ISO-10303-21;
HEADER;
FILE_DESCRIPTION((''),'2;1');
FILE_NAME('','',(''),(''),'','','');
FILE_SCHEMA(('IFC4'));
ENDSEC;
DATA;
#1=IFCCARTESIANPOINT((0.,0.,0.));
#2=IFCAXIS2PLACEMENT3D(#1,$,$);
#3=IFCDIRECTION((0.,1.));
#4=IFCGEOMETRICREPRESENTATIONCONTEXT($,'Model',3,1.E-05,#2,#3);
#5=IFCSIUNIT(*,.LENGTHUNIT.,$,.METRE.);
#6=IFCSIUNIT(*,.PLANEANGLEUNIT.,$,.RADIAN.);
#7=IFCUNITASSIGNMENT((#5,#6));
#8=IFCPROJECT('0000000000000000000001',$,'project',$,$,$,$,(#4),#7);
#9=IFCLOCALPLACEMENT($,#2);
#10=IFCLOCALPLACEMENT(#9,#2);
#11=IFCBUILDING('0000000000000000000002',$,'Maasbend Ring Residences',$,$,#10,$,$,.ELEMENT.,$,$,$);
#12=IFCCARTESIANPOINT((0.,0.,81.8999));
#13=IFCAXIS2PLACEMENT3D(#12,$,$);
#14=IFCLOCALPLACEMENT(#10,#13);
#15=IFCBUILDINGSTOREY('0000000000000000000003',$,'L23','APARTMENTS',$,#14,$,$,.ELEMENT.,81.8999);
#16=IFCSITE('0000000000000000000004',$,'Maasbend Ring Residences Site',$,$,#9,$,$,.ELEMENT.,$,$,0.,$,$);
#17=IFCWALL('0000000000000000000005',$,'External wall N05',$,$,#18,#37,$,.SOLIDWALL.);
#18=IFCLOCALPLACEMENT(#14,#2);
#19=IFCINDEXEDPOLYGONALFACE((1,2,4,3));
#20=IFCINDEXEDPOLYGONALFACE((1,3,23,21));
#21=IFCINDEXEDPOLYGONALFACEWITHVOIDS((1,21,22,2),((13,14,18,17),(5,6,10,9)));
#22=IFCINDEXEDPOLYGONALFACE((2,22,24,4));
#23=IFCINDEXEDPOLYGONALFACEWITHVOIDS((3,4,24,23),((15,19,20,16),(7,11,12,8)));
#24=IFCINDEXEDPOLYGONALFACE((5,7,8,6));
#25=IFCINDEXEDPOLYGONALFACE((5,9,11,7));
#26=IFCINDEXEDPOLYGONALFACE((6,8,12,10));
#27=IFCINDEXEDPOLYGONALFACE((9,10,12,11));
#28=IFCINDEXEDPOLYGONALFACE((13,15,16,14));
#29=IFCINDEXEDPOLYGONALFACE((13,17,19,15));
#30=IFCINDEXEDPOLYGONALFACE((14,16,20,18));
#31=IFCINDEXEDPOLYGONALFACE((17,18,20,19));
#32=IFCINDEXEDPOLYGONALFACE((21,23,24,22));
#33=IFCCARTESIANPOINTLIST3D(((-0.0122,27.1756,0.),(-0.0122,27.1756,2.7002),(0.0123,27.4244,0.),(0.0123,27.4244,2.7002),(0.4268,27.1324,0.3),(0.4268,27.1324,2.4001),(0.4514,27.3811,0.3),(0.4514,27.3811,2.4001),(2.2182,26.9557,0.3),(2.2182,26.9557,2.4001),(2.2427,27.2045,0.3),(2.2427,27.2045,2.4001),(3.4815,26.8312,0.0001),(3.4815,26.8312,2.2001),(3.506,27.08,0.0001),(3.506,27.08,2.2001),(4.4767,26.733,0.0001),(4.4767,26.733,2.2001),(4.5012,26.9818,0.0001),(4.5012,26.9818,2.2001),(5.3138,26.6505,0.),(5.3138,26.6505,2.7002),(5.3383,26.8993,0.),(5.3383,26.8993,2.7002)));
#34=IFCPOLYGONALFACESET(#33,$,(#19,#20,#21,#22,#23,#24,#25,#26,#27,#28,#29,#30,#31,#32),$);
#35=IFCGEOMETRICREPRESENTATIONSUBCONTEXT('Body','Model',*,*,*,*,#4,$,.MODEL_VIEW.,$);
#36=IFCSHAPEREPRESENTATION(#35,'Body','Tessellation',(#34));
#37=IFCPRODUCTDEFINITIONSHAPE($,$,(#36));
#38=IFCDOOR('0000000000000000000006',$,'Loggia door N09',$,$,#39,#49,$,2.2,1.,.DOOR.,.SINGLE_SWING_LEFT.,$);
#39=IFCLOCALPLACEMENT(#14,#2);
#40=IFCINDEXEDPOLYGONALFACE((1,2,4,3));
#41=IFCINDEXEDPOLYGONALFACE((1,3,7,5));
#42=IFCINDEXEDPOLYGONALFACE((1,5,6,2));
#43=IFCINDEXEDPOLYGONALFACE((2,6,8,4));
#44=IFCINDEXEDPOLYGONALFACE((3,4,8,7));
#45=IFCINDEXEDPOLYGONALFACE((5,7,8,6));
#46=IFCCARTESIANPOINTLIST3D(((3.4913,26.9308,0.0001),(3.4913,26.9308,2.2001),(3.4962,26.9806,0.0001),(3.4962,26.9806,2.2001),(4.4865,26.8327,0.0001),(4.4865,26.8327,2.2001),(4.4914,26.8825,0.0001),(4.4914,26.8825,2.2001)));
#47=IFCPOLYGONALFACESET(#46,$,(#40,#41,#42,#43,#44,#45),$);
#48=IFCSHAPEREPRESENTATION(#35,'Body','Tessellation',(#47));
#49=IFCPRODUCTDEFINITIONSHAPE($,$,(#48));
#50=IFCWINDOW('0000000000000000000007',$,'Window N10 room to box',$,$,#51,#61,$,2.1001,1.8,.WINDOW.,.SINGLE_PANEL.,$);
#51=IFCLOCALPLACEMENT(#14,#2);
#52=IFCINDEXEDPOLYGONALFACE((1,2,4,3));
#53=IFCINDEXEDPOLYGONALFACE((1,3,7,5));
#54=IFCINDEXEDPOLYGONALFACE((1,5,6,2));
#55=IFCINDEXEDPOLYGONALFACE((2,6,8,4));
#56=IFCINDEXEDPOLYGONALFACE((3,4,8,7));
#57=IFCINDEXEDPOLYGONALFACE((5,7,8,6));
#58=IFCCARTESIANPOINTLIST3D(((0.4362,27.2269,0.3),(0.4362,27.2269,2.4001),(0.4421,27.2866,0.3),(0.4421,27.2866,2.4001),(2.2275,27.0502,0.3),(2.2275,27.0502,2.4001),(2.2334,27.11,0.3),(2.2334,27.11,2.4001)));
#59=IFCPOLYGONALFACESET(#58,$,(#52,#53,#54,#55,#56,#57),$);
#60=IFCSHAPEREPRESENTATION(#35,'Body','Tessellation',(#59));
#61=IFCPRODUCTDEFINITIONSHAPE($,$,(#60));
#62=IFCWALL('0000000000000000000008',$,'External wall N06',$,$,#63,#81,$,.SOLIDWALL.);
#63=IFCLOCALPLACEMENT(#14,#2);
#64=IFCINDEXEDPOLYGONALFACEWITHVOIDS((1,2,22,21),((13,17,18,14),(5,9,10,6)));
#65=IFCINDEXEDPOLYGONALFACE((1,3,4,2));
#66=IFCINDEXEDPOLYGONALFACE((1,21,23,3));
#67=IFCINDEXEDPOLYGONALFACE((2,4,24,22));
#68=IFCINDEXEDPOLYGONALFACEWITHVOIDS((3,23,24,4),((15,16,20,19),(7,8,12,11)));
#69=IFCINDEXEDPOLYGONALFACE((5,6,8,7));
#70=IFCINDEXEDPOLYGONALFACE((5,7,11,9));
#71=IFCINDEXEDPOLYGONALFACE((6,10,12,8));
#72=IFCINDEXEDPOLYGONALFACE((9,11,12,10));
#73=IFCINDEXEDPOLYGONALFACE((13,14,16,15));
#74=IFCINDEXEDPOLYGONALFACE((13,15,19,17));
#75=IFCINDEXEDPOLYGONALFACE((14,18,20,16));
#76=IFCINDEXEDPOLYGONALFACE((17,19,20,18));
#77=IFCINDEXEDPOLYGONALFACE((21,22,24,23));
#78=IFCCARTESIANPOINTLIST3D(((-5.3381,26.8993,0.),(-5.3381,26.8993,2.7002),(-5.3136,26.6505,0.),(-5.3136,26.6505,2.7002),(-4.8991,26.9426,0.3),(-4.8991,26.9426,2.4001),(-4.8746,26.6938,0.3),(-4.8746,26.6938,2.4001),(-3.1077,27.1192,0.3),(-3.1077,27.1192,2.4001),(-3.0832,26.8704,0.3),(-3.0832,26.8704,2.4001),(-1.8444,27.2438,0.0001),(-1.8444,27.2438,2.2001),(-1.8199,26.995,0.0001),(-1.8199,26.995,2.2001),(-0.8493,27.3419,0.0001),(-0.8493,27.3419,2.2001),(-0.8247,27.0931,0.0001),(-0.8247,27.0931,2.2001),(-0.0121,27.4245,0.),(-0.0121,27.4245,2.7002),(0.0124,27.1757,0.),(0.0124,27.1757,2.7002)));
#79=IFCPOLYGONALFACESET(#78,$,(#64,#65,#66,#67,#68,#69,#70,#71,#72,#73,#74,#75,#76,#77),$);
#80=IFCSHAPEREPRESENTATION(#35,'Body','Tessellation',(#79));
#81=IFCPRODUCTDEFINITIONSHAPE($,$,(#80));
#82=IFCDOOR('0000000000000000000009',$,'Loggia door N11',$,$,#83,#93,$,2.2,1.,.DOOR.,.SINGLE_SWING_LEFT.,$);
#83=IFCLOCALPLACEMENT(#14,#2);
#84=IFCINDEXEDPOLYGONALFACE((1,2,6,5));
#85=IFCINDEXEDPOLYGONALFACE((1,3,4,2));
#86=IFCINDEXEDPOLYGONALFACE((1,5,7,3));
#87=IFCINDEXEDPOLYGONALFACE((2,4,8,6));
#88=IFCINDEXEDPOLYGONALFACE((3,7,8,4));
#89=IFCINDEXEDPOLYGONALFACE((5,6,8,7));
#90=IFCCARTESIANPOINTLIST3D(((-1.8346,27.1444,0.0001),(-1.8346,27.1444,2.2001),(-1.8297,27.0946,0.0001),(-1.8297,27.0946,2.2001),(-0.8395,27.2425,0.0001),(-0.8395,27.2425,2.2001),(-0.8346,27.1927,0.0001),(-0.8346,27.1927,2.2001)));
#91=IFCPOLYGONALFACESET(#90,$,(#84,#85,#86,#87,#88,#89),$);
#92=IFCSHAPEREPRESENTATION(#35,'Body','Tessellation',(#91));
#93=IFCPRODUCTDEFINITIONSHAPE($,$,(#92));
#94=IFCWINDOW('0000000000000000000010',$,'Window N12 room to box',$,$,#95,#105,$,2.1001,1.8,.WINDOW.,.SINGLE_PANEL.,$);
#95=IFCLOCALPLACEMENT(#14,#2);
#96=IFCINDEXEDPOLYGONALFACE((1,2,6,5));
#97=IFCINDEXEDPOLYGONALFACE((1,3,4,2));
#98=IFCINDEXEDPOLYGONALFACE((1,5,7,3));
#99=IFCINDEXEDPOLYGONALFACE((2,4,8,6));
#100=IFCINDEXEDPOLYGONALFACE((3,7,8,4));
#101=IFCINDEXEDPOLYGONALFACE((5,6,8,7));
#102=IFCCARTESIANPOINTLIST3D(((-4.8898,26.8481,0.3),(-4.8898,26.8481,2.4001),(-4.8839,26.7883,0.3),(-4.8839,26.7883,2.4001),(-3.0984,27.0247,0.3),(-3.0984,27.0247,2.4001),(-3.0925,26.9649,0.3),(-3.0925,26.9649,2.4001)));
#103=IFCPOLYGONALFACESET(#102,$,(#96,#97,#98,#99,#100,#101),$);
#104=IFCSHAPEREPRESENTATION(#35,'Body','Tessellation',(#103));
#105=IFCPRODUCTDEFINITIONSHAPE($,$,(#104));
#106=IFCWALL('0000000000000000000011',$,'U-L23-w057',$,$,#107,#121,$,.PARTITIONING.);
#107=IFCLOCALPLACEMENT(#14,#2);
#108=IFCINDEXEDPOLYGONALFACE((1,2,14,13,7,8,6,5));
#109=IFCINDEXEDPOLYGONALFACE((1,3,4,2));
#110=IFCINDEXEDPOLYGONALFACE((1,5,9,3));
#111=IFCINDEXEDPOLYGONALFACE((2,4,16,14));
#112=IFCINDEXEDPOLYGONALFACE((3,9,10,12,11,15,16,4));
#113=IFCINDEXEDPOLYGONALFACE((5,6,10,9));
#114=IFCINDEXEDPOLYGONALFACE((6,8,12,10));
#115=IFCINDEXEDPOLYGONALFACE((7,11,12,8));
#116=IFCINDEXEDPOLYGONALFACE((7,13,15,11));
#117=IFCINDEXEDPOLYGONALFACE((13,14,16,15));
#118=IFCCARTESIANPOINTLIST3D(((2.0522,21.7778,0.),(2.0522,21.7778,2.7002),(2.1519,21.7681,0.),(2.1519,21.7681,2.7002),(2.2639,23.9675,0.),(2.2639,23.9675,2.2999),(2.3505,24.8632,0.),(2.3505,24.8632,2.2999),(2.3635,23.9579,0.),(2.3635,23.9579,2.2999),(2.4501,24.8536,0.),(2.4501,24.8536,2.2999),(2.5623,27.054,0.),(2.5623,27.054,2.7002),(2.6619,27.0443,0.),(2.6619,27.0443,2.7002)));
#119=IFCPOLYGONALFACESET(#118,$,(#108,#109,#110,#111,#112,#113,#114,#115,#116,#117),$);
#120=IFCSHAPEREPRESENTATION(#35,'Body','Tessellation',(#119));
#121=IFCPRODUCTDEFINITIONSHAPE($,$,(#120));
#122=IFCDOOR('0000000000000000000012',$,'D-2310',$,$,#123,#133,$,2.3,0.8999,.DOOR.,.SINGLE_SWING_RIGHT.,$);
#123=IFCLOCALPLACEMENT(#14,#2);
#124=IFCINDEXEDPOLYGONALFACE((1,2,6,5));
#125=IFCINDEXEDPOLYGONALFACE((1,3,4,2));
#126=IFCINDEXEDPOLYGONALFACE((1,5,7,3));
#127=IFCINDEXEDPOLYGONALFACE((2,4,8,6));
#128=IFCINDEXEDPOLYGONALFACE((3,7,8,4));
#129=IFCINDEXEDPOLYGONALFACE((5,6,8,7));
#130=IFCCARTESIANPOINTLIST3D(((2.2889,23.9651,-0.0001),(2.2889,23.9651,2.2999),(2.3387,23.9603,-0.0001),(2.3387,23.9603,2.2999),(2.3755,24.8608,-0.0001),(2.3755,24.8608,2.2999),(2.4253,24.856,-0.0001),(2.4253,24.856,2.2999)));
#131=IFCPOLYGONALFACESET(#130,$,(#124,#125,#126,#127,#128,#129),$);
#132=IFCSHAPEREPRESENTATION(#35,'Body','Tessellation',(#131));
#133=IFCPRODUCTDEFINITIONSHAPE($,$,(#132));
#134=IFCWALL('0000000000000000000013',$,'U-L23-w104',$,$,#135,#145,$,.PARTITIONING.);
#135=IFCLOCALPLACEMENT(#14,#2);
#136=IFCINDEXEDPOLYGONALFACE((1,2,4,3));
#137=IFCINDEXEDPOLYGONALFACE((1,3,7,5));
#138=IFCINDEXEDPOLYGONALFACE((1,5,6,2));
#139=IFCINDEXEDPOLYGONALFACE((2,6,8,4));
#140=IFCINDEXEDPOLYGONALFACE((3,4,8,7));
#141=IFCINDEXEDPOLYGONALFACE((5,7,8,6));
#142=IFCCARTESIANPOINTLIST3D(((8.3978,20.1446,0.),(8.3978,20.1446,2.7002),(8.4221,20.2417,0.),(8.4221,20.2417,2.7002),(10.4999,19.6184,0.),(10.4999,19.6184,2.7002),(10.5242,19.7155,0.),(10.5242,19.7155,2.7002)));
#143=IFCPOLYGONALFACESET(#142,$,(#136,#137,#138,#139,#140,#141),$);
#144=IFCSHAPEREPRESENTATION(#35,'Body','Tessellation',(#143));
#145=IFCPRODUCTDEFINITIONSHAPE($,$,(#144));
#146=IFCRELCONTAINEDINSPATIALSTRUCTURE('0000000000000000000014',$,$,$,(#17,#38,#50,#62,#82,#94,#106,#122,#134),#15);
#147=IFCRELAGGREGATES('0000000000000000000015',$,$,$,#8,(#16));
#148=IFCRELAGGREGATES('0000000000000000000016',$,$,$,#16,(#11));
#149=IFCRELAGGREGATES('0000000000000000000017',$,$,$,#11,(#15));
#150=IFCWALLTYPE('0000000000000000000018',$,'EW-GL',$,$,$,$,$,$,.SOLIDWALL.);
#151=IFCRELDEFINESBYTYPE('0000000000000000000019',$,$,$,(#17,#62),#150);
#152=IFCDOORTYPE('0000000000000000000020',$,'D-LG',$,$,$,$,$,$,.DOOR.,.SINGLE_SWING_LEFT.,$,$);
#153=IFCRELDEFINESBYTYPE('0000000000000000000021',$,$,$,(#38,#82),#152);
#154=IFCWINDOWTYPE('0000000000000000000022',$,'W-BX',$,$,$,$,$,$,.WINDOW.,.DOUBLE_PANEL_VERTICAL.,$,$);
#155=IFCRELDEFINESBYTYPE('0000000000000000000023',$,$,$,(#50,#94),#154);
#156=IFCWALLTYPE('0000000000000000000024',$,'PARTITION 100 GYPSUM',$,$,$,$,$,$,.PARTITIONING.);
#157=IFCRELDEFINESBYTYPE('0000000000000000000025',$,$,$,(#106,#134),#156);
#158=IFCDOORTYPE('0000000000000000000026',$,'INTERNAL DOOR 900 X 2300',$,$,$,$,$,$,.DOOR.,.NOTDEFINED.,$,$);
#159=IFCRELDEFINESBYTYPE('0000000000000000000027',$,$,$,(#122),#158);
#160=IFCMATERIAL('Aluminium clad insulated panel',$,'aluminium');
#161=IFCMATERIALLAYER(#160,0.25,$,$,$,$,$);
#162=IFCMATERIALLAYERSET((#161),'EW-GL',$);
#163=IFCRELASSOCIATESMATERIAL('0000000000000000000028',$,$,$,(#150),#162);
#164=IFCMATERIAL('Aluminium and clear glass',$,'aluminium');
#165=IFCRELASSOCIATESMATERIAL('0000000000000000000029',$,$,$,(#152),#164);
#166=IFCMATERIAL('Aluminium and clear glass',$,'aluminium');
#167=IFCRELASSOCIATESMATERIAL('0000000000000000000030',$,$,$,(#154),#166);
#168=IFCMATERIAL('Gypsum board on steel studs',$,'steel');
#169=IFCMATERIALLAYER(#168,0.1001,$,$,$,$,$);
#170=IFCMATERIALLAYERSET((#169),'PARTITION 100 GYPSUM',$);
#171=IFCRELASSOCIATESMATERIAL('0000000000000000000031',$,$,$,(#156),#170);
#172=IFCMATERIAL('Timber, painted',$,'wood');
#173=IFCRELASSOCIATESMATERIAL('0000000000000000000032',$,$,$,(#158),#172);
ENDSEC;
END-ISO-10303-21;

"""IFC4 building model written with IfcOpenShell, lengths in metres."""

from ifc_helpers import new_model, si_unit, direction, frame, frame_2d, origin, place, context, subcontext, project, spatial, rectangle, extrude, material, layer, layer_set, type_object, element, fill, save


model = new_model("IFC4")

# Units and contexts
model_context = context("Model", 3, precision=1e-05, world=origin(), true_north=direction((0.0, 1.0)))
body_context = subcontext(model_context, "Body", "Model", "MODEL_VIEW")
ifc_project = project(units=[si_unit("LENGTHUNIT", "METRE"), si_unit("PLANEANGLEUNIT", "RADIAN")], contexts=[model_context])

# Site, building, storey
site_placement = place(None, origin())
site = spatial("IfcSite", under=ifc_project, at=site_placement, Name="Maasbend Ring Residences Site", CompositionType="ELEMENT", RefElevation=0.0)
building_placement = place(site_placement, origin())
building = spatial("IfcBuilding", under=site, at=building_placement, Name="Maasbend Ring Residences", CompositionType="ELEMENT")
storey_placement = place(building_placement, frame((0.0, 0.0, 81.8999)))
storey = spatial("IfcBuildingStorey", under=building, at=storey_placement, Name="L23", Description="APARTMENTS", CompositionType="ELEMENT", Elevation=81.8999)

# Walls, openings, doors, windows
ifc_material_1 = material(Name="Aluminium clad insulated panel", Category="aluminium")
ifc_layer_1 = layer(ifc_material_1, 0.25)
ifc_layer_set_1 = layer_set([ifc_layer_1], Name="EW-GL")
wall_type_1 = type_object("IfcWallType", Name="EW-GL", PredefinedType="SOLIDWALL", material=ifc_layer_set_1)
wall_1_placement = place(storey_placement, frame((5.3259, 26.7749, 0.0), z_axis=(0.0, 0.0, 1.0), x_axis=(-0.995174, 0.098126, 0.0)))
wall_1 = element("IfcWall", 1, at=wall_1_placement, inside=storey, type_object=wall_type_1, Name="External wall N05", PredefinedType="SOLIDWALL", context=body_context, shape_type="SweptSolid", body=[
    extrude(rectangle(XDim=5.3518, YDim=0.25, at=frame_2d((2.6758, 0.0))), origin(), (0.0, 0.0, 1.0), 2.7002),
])
opening_1_placement = place(wall_1_placement, frame((0.8411, 0.0, 0.0)))
opening_1 = element("IfcOpeningElement", 2, at=opening_1_placement, cuts=wall_1, PredefinedType="OPENING", context=body_context, shape_type="SweptSolid", body=[
    extrude(rectangle(XDim=1.0, YDim=2.2, at=frame_2d((0.5, 1.1001))), frame((0.0, 0.135, 0.0), z_axis=(0.0, -1.0, 0.0), x_axis=(1.0, 0.0, 0.0)), (0.0, 0.0, 1.0), 0.27),
])
opening_2_placement = place(wall_1_placement, frame((3.1106, 0.0, 0.3)))
opening_2 = element("IfcOpeningElement", 3, at=opening_2_placement, cuts=wall_1, PredefinedType="OPENING", context=body_context, shape_type="SweptSolid", body=[
    extrude(rectangle(XDim=1.8, YDim=2.1001, at=frame_2d((0.8999, 1.05))), frame((0.0, 0.135, 0.0), z_axis=(0.0, -1.0, 0.0), x_axis=(1.0, 0.0, 0.0)), (0.0, 0.0, 1.0), 0.27),
])
ifc_material_2 = material(Name="Aluminium and clear glass", Category="aluminium")
door_type_1 = type_object("IfcDoorType", Name="D-LG", OperationType="SINGLE_SWING_LEFT", PredefinedType="DOOR", material=ifc_material_2)
door_1_placement = place(opening_1_placement, origin())
door_1 = element("IfcDoor", 4, at=door_1_placement, inside=storey, type_object=door_type_1, Name="Loggia door N09", OperationType="SINGLE_SWING_LEFT", OverallHeight=2.2, OverallWidth=1.0, PredefinedType="DOOR", context=body_context, shape_type="SweptSolid", body=[
    extrude(rectangle(XDim=1.0, YDim=2.2, at=frame_2d((0.5, 1.1001))), frame((0.0, 0.0249, 0.0), z_axis=(0.0, -1.0, 0.0), x_axis=(1.0, 0.0, 0.0)), (0.0, 0.0, 1.0), 0.05),
])
fill(opening_1, door_1)
ifc_material_3 = material(Name="Aluminium and clear glass", Category="aluminium")
window_type_1 = type_object("IfcWindowType", Name="W-BX", PartitioningType="DOUBLE_PANEL_VERTICAL", PredefinedType="WINDOW", material=ifc_material_3)
window_1_placement = place(opening_2_placement, origin())
window_1 = element("IfcWindow", 5, at=window_1_placement, inside=storey, type_object=window_type_1, Name="Window N10 room to box", OverallHeight=2.1001, OverallWidth=1.8, PartitioningType="SINGLE_PANEL", PredefinedType="WINDOW", context=body_context, shape_type="SweptSolid", body=[
    extrude(rectangle(XDim=1.8, YDim=2.1001, at=frame_2d((0.8999, 1.05))), frame((0.0, 0.03, 0.0), z_axis=(0.0, -1.0, 0.0), x_axis=(1.0, 0.0, 0.0)), (0.0, 0.0, 1.0), 0.0601),
])
fill(opening_2, window_1)
wall_2_placement = place(storey_placement, frame((0.0, 27.3, 0.0), z_axis=(0.0, 0.0, 1.0), x_axis=(-0.995174, -0.098126, 0.0)))
wall_2 = element("IfcWall", 6, at=wall_2_placement, inside=storey, type_object=wall_type_1, Name="External wall N06", PredefinedType="SOLIDWALL", context=body_context, shape_type="SweptSolid", body=[
    extrude(rectangle(XDim=5.3518, YDim=0.25, at=frame_2d((2.6758, 0.0))), origin(), (0.0, 0.0, 1.0), 2.7002),
])
opening_3_placement = place(wall_2_placement, frame((0.8411, 0.0, 0.0)))
opening_3 = element("IfcOpeningElement", 7, at=opening_3_placement, cuts=wall_2, PredefinedType="OPENING", context=body_context, shape_type="SweptSolid", body=[
    extrude(rectangle(XDim=1.0, YDim=2.2, at=frame_2d((0.5, 1.1001))), frame((0.0, 0.135, 0.0), z_axis=(0.0, -1.0, 0.0), x_axis=(1.0, 0.0, 0.0)), (0.0, 0.0, 1.0), 0.27),
])
opening_4_placement = place(wall_2_placement, frame((3.1106, 0.0, 0.3)))
opening_4 = element("IfcOpeningElement", 8, at=opening_4_placement, cuts=wall_2, PredefinedType="OPENING", context=body_context, shape_type="SweptSolid", body=[
    extrude(rectangle(XDim=1.8, YDim=2.1001, at=frame_2d((0.8999, 1.05))), frame((0.0, 0.135, 0.0), z_axis=(0.0, -1.0, 0.0), x_axis=(1.0, 0.0, 0.0)), (0.0, 0.0, 1.0), 0.27),
])
door_2_placement = place(opening_3_placement, origin())
door_2 = element("IfcDoor", 9, at=door_2_placement, inside=storey, type_object=door_type_1, Name="Loggia door N11", OperationType="SINGLE_SWING_LEFT", OverallHeight=2.2, OverallWidth=1.0, PredefinedType="DOOR", context=body_context, shape_type="SweptSolid", body=[
    extrude(rectangle(XDim=1.0, YDim=2.2, at=frame_2d((0.5, 1.1001))), frame((0.0, 0.0249, 0.0), z_axis=(0.0, -1.0, 0.0), x_axis=(1.0, 0.0, 0.0)), (0.0, 0.0, 1.0), 0.05),
])
fill(opening_3, door_2)
window_2_placement = place(opening_4_placement, origin())
window_2 = element("IfcWindow", 10, at=window_2_placement, inside=storey, type_object=window_type_1, Name="Window N12 room to box", OverallHeight=2.1001, OverallWidth=1.8, PartitioningType="SINGLE_PANEL", PredefinedType="WINDOW", context=body_context, shape_type="SweptSolid", body=[
    extrude(rectangle(XDim=1.8, YDim=2.1001, at=frame_2d((0.8999, 1.05))), frame((0.0, 0.03, 0.0), z_axis=(0.0, -1.0, 0.0), x_axis=(1.0, 0.0, 0.0)), (0.0, 0.0, 1.0), 0.0601),
])
fill(opening_4, window_2)

# Wall, opening, door
ifc_material_4 = material(Name="Gypsum board on steel studs", Category="steel")
ifc_layer_2 = layer(ifc_material_4, 0.1001)
ifc_layer_set_2 = layer_set([ifc_layer_2], Name="PARTITION 100 GYPSUM")
wall_type_2 = type_object("IfcWallType", Name="PARTITION 100 GYPSUM", PredefinedType="PARTITIONING", material=ifc_layer_set_2)
wall_3_placement = place(storey_placement, frame((2.1021, 21.7729, 0.0), z_axis=(0.0, 0.0, 1.0), x_axis=(0.096215, 0.995361, 0.0)))
wall_3 = element("IfcWall", 11, at=wall_3_placement, inside=storey, type_object=wall_type_2, Name="U-L23-w057", PredefinedType="PARTITIONING", context=body_context, shape_type="SweptSolid", body=[
    extrude(rectangle(XDim=5.3008, YDim=0.1001, at=frame_2d((2.6504, 0.0))), origin(), (0.0, 0.0, 1.0), 2.7002),
])
opening_5_placement = place(wall_3_placement, frame((2.2, 0.0, 0.0)))
opening_5 = element("IfcOpeningElement", 12, at=opening_5_placement, cuts=wall_3, PredefinedType="OPENING", context=body_context, shape_type="SweptSolid", body=[
    extrude(rectangle(XDim=0.8999, YDim=2.3, at=frame_2d((0.45, 1.1499))), frame((0.0, 0.0601, 0.0), z_axis=(0.0, -1.0, 0.0), x_axis=(1.0, 0.0, 0.0)), (0.0, 0.0, 1.0), 0.1201),
])
ifc_material_5 = material(Name="Timber, painted", Category="wood")
door_type_2 = type_object("IfcDoorType", Name="INTERNAL DOOR 900 X 2300", OperationType="NOTDEFINED", PredefinedType="DOOR", material=ifc_material_5)
door_3_placement = place(opening_5_placement, origin())
door_3 = element("IfcDoor", 13, at=door_3_placement, inside=storey, type_object=door_type_2, Name="D-2310", OperationType="SINGLE_SWING_RIGHT", OverallHeight=2.3, OverallWidth=0.8999, PredefinedType="DOOR", context=body_context, shape_type="SweptSolid", body=[
    extrude(rectangle(XDim=0.8999, YDim=2.3, at=frame_2d((0.45, 1.1499))), frame((0.0, 0.0249, 0.0), z_axis=(0.0, -1.0, 0.0), x_axis=(1.0, 0.0, 0.0)), (0.0, 0.0, 1.0), 0.05),
])
fill(opening_5, door_3)

# Wall
wall_4_placement = place(storey_placement, frame((8.4099, 20.1931, 0.0), z_axis=(0.0, 0.0, 1.0), x_axis=(0.970076, -0.242801, 0.0)))
element("IfcWall", 14, at=wall_4_placement, inside=storey, type_object=wall_type_2, Name="U-L23-w104", PredefinedType="PARTITIONING", context=body_context, shape_type="SweptSolid", body=[
    extrude(rectangle(XDim=2.167, YDim=0.1001, at=frame_2d((1.0835, 0.0))), origin(), (0.0, 0.0, 1.0), 2.7002),
])

save(model, "model.ifc")
